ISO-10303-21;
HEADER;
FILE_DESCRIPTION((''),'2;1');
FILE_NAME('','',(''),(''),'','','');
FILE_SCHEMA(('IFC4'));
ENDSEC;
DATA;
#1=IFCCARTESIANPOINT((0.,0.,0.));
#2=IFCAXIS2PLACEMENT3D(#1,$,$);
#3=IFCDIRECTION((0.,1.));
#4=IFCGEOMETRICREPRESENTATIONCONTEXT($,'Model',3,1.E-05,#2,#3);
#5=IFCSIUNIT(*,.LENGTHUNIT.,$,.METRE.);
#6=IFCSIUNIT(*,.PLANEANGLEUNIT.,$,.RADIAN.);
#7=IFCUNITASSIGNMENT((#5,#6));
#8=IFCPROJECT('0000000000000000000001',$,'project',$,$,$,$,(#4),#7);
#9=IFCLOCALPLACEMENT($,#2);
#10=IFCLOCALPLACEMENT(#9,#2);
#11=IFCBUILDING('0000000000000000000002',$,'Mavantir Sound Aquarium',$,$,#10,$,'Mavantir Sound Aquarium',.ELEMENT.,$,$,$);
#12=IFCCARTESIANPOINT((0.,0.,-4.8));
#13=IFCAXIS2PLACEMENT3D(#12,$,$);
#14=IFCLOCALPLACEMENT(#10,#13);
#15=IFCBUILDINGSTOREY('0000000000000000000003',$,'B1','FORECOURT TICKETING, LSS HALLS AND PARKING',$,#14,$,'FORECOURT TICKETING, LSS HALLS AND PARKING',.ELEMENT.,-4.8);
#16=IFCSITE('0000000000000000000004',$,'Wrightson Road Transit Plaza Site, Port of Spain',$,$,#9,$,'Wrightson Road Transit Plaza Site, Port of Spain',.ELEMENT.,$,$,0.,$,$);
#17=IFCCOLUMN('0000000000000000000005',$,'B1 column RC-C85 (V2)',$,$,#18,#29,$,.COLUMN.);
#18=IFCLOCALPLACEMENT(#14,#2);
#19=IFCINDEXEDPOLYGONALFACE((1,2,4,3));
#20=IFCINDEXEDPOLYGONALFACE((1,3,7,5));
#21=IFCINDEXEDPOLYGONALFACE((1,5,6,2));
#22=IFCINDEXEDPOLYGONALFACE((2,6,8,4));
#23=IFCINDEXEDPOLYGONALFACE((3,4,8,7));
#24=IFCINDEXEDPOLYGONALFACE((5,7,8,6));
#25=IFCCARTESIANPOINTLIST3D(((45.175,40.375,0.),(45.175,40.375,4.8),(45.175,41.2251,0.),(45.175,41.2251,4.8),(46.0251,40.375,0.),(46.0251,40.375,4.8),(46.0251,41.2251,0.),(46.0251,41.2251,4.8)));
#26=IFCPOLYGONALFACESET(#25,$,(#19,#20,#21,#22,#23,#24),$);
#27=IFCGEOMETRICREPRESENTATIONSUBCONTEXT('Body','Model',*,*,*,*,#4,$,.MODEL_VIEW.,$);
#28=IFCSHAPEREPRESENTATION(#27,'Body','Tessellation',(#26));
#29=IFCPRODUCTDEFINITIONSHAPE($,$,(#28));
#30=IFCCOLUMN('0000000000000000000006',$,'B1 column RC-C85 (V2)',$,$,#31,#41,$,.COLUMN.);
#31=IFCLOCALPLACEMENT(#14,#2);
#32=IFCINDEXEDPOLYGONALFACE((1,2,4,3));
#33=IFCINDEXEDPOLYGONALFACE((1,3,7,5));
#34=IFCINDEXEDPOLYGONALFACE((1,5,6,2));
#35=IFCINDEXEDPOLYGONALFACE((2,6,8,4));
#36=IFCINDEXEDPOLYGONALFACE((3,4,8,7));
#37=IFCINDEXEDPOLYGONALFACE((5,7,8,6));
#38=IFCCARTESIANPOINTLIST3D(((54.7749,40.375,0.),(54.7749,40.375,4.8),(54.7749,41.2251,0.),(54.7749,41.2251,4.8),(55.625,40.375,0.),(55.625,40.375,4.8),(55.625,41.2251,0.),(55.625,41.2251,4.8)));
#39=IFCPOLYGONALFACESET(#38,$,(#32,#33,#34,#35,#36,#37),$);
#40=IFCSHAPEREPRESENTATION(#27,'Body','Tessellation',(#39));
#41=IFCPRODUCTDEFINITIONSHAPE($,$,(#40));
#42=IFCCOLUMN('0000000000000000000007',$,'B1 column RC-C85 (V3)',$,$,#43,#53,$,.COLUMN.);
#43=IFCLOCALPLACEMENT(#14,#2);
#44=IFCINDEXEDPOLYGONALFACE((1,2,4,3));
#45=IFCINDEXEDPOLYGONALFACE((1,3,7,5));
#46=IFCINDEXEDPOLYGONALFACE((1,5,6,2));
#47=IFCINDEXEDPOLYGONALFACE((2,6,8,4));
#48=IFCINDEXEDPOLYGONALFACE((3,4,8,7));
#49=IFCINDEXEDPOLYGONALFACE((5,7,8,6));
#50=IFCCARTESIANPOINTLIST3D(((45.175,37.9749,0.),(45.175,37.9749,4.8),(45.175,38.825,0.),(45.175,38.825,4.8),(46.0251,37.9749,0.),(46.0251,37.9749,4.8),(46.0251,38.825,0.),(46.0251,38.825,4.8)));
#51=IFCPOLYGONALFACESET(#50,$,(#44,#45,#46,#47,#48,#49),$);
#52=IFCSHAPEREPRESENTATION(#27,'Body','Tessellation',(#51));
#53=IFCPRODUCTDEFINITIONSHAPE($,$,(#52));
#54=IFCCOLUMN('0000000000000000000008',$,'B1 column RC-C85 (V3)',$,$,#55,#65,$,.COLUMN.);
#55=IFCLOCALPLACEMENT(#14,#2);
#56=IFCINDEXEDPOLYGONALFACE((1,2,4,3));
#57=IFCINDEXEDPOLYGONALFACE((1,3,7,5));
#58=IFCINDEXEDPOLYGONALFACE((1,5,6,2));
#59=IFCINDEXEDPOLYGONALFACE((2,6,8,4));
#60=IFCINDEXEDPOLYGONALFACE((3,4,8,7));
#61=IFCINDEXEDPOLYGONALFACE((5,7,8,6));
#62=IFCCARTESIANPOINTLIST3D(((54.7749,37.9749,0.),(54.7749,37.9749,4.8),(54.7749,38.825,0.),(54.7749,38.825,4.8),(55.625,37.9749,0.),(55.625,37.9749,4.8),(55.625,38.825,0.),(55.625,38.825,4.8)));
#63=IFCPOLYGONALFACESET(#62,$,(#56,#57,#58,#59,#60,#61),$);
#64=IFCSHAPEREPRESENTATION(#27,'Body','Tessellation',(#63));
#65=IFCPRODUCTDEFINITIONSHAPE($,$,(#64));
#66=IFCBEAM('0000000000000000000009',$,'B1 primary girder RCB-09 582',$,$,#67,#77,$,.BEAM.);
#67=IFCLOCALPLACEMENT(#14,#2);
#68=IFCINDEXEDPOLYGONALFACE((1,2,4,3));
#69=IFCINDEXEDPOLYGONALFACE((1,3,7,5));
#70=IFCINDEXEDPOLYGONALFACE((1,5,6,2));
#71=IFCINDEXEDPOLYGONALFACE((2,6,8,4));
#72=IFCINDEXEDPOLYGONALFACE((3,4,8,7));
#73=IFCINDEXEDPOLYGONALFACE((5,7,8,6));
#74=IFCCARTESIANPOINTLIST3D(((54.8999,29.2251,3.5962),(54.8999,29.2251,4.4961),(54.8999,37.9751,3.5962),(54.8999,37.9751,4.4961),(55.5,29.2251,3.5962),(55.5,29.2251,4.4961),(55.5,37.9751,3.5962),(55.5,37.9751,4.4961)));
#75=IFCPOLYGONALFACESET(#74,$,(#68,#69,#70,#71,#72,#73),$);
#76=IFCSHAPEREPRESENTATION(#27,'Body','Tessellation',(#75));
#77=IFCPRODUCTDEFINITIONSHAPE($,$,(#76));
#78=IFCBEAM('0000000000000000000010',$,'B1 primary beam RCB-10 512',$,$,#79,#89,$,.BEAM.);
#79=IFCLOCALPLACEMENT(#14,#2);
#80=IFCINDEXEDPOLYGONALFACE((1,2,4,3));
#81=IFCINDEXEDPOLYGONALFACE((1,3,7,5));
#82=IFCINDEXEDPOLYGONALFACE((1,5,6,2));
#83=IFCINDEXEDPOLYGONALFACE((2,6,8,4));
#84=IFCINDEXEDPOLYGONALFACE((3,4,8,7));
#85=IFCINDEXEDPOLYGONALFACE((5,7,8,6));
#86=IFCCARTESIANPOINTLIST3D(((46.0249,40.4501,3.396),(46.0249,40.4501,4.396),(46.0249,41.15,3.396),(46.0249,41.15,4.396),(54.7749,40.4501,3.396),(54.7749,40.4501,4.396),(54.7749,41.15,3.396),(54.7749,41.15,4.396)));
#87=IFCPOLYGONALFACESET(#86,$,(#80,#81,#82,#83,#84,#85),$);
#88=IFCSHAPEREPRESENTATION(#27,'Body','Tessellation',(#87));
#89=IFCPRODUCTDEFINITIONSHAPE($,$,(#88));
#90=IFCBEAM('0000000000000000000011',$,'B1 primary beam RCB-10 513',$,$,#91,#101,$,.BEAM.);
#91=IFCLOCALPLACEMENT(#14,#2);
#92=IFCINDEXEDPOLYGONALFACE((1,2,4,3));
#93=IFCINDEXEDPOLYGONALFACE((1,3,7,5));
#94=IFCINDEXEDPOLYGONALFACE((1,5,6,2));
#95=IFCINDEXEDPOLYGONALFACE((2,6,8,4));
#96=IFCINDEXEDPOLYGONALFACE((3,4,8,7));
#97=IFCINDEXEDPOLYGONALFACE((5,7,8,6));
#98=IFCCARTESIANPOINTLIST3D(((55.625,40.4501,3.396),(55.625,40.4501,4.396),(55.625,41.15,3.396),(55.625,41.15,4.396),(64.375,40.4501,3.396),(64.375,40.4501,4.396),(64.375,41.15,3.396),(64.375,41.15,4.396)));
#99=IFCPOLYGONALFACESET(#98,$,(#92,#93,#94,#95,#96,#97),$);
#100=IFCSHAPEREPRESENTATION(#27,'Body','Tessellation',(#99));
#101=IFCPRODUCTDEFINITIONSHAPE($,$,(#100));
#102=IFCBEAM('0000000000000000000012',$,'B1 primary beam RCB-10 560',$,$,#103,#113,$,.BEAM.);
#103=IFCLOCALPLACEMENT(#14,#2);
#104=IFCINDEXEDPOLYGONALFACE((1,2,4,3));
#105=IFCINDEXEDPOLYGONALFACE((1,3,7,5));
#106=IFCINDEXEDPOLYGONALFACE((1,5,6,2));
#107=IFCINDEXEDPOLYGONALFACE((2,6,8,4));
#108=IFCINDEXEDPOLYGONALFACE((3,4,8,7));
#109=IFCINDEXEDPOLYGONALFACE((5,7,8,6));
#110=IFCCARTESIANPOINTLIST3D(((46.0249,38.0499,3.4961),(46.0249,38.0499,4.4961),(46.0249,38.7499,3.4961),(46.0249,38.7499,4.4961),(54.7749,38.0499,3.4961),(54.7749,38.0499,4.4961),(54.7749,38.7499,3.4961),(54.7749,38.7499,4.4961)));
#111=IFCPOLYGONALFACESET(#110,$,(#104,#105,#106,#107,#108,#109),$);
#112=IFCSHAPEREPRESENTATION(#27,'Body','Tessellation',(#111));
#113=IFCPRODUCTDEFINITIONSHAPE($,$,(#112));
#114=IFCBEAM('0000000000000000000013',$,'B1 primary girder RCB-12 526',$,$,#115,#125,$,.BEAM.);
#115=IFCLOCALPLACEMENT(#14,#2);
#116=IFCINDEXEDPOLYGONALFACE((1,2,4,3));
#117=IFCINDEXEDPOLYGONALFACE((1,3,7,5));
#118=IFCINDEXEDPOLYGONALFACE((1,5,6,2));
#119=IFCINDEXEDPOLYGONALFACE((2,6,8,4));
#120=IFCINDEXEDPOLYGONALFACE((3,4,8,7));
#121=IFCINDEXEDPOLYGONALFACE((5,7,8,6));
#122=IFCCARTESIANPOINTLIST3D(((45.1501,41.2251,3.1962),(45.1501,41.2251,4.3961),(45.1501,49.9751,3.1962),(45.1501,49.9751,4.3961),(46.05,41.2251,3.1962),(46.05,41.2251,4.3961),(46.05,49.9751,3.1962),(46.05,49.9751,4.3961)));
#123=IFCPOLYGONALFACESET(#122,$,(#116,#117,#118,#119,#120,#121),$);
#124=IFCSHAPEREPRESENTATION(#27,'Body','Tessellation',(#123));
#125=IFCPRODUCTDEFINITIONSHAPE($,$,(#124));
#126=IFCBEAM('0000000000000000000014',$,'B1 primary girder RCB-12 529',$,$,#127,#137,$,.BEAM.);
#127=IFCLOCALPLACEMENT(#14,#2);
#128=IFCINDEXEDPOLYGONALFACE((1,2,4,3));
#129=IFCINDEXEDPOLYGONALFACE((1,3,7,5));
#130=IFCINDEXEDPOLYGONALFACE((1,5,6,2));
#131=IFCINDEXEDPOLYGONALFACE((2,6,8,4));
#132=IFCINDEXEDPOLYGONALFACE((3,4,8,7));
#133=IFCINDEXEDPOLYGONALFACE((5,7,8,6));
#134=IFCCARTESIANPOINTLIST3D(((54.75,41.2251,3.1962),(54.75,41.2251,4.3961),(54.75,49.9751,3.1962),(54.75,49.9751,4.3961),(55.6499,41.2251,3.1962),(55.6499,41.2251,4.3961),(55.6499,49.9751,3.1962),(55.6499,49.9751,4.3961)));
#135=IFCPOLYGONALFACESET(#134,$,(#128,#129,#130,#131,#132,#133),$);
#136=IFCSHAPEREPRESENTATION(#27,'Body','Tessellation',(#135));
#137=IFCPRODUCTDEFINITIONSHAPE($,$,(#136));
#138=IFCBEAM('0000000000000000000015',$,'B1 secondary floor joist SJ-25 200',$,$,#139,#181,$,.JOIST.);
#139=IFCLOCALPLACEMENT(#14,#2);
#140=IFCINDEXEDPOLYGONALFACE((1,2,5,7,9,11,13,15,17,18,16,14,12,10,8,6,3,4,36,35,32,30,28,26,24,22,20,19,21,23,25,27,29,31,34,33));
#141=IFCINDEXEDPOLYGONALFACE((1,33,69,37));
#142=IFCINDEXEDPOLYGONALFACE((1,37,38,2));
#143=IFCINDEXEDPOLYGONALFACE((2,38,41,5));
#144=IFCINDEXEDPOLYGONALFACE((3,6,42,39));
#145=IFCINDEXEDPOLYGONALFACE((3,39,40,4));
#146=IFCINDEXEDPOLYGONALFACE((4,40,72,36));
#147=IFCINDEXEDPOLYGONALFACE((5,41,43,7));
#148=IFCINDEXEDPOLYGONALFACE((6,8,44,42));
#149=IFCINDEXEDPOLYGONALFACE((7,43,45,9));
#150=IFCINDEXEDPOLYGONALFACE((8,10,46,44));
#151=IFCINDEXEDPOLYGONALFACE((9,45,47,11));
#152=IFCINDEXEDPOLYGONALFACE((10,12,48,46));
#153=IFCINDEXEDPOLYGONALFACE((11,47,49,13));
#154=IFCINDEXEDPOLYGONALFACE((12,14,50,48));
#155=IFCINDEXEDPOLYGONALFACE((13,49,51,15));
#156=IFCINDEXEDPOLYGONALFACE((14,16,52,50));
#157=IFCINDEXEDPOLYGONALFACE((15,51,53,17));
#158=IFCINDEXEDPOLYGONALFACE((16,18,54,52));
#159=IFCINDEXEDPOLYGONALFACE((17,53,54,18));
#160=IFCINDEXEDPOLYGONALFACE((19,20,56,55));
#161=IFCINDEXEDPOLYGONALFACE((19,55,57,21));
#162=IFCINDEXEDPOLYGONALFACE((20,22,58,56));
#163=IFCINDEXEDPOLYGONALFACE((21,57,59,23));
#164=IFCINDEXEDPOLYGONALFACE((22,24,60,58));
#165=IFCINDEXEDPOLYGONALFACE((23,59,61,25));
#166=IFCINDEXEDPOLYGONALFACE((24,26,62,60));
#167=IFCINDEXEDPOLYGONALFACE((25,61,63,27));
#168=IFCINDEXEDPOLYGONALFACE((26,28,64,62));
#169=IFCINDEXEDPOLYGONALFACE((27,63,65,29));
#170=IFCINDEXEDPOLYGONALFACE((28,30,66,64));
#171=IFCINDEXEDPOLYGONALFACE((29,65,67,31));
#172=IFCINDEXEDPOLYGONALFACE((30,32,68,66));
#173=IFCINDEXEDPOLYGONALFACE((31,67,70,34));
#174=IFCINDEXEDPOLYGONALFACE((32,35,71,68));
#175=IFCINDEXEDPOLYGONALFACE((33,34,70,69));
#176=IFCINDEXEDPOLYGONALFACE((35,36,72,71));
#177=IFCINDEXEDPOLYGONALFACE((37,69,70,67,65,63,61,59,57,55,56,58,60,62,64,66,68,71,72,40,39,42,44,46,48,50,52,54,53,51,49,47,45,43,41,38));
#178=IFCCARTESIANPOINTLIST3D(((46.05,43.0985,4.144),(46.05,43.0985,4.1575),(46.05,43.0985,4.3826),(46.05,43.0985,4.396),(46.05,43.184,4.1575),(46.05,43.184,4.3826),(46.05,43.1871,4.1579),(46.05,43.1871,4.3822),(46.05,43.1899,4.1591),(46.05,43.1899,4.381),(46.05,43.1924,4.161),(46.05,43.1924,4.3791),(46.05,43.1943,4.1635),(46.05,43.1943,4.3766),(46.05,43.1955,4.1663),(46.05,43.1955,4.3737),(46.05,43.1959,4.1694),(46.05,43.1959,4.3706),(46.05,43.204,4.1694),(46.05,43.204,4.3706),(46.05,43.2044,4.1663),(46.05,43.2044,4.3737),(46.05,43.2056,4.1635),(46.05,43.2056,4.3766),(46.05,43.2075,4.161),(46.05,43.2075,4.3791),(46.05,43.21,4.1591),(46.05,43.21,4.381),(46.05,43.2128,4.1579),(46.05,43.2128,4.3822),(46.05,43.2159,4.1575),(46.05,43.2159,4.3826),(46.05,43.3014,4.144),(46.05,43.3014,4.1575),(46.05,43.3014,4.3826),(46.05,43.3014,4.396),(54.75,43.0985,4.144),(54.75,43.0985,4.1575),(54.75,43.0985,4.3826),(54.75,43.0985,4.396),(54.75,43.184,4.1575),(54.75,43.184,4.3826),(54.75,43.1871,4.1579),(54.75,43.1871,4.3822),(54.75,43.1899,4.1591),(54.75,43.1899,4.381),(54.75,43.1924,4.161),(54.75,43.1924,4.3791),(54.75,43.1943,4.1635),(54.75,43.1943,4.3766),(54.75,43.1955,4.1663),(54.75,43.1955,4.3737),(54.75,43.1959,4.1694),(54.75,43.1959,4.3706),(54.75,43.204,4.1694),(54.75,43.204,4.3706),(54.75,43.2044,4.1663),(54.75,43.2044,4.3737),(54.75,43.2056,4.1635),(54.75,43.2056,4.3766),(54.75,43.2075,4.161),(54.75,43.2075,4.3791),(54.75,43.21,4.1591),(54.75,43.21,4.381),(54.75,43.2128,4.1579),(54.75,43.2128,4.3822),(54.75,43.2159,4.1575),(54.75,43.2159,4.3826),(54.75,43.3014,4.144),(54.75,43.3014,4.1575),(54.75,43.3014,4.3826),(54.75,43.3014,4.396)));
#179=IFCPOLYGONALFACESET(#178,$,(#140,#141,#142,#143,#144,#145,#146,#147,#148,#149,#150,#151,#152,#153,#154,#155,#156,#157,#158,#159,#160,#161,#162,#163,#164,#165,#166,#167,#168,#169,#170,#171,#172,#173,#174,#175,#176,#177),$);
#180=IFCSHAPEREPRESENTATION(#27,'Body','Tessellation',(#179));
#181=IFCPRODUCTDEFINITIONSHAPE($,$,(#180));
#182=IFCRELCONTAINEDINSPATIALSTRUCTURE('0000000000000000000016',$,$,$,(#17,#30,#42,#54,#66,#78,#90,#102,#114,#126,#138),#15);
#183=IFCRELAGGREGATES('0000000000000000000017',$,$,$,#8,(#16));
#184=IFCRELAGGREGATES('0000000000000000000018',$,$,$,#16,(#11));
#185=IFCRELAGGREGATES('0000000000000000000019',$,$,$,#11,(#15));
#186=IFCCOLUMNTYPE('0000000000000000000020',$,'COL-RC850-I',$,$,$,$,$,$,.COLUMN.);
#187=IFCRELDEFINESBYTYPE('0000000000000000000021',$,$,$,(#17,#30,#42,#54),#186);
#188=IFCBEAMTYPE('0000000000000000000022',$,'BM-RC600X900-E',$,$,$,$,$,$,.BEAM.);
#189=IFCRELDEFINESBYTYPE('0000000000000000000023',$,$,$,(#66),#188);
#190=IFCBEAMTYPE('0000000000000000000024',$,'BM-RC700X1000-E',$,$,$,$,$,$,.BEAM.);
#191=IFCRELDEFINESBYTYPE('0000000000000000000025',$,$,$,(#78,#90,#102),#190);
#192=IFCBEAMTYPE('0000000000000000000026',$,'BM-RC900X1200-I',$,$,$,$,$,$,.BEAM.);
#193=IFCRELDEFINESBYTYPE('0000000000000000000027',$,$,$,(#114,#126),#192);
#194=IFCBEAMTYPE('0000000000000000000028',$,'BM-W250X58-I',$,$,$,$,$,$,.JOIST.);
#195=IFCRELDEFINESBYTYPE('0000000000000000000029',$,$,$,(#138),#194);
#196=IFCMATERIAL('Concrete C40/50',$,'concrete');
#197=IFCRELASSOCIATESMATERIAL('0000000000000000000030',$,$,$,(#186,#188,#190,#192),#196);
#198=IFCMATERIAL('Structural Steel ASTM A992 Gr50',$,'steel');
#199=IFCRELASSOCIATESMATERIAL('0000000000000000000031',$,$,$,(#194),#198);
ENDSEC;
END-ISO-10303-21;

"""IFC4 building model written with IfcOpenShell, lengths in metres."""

from ifc_helpers import new_model, si_unit, direction, frame, origin, origin_2d, place, context, subcontext, project, spatial, rectangle, i_section, extrude, material, material_profile, profile_set, type_object, element, save


model = new_model("IFC4")

# Units and contexts
model_context = context("Model", 3, precision=1e-05, world=origin(), true_north=direction((0.0, 1.0)))
body_context = subcontext(model_context, "Body", "Model", "MODEL_VIEW")
ifc_project = project(units=[si_unit("LENGTHUNIT", "METRE"), si_unit("PLANEANGLEUNIT", "RADIAN")], contexts=[model_context])

# Site, building, storey
site_placement = place(None, origin())
site = spatial("IfcSite", under=ifc_project, at=site_placement, Name="Wrightson Road Transit Plaza Site, Port of Spain", LongName="Wrightson Road Transit Plaza Site, Port of Spain", CompositionType="ELEMENT", RefElevation=0.0)
building_placement = place(site_placement, origin())
building = spatial("IfcBuilding", under=site, at=building_placement, Name="Mavantir Sound Aquarium", LongName="Mavantir Sound Aquarium", CompositionType="ELEMENT")
storey_placement = place(building_placement, frame((0.0, 0.0, -4.8)))
storey = spatial("IfcBuildingStorey", under=building, at=storey_placement, Name="B1", Description="FORECOURT TICKETING, LSS HALLS AND PARKING", LongName="FORECOURT TICKETING, LSS HALLS AND PARKING", CompositionType="ELEMENT", Elevation=-4.8)

# Columns
ifc_material_1 = material(Name="Concrete C40/50", Category="concrete")
ifc_material_profile_1 = material_profile(ifc_material_1, rectangle(XDim=0.8501, YDim=0.8501, at=origin_2d()), Name="RC 850X850")
ifc_profile_set_1 = profile_set([ifc_material_profile_1], Name="Concrete C40/50")
column_type = type_object("IfcColumnType", Name="COL-RC850-I", PredefinedType="COLUMN", material=ifc_profile_set_1)
for number, where, z_axis, x_axis, name in (
    (1, (45.6001, 40.8, 0.0), (0.0, 0.0, 1.0), (1.0, 0.0, 0.0), "B1 column RC-C85 (V2)"),
    (2, (55.2, 40.8, 0.0), (0.0, 0.0, 1.0), (1.0, 0.0, 0.0), "B1 column RC-C85 (V2)"),
    (3, (45.6001, 38.3999, 0.0), (0.0, 0.0, 1.0), (1.0, 0.0, 0.0), "B1 column RC-C85 (V3)"),
    (4, (55.2, 38.3999, 0.0), (0.0, 0.0, 1.0), (1.0, 0.0, 0.0), "B1 column RC-C85 (V3)"),
):
    element("IfcColumn", number, at=place(storey_placement, frame(where, z_axis=z_axis, x_axis=x_axis)), inside=storey, type_object=column_type, Name=name, PredefinedType="COLUMN", context=body_context, shape_type="SweptSolid", body=[
        extrude(rectangle(XDim=0.8501, YDim=0.8501, at=origin_2d()), origin(), (0.0, 0.0, 1.0), 4.8),
    ])

# Beams
ifc_material_profile_2 = material_profile(ifc_material_1, rectangle(XDim=0.6001, YDim=0.8999, at=origin_2d()), Name="RC 600X900")
ifc_profile_set_2 = profile_set([ifc_material_profile_2], Name="Concrete C40/50")
beam_type_1 = type_object("IfcBeamType", Name="BM-RC600X900-E", PredefinedType="BEAM", material=ifc_profile_set_2)
beam_1_placement = place(storey_placement, frame((55.2, 29.2251, 4.0461), z_axis=(0.0, 1.0, 0.0), x_axis=(-1.0, 0.0, 0.0)))
element("IfcBeam", 5, at=beam_1_placement, inside=storey, type_object=beam_type_1, Name="B1 primary girder RCB-09 582", PredefinedType="BEAM", context=body_context, shape_type="SweptSolid", body=[
    extrude(rectangle(XDim=0.6001, YDim=0.8999, at=origin_2d()), origin(), (0.0, 0.0, 1.0), 8.75),
])
ifc_material_profile_3 = material_profile(ifc_material_1, rectangle(XDim=0.7, YDim=1.0, at=origin_2d()), Name="RC 700X1000")
ifc_profile_set_3 = profile_set([ifc_material_profile_3], Name="Concrete C40/50")
beam_type_2 = type_object("IfcBeamType", Name="BM-RC700X1000-E", PredefinedType="BEAM", material=ifc_profile_set_3)
for number, where, z_axis, x_axis, name in (
    (6, (46.0249, 40.8, 3.896), (1.0, 0.0, 0.0), (0.0, 1.0, 0.0), "B1 primary beam RCB-10 512"),
    (7, (55.625, 40.8, 3.896), (1.0, 0.0, 0.0), (0.0, 1.0, 0.0), "B1 primary beam RCB-10 513"),
    (8, (46.0249, 38.3999, 3.9961), (1.0, 0.0, 0.0), (0.0, 1.0, 0.0), "B1 primary beam RCB-10 560"),
):
    element("IfcBeam", number, at=place(storey_placement, frame(where, z_axis=z_axis, x_axis=x_axis)), inside=storey, type_object=beam_type_2, Name=name, PredefinedType="BEAM", context=body_context, shape_type="SweptSolid", body=[
        extrude(rectangle(XDim=0.7, YDim=1.0, at=origin_2d()), origin(), (0.0, 0.0, 1.0), 8.75),
    ])
ifc_material_profile_4 = material_profile(ifc_material_1, rectangle(XDim=0.8999, YDim=1.2, at=origin_2d()), Name="RC 900X1200")
ifc_profile_set_4 = profile_set([ifc_material_profile_4], Name="Concrete C40/50")
beam_type_3 = type_object("IfcBeamType", Name="BM-RC900X1200-I", PredefinedType="BEAM", material=ifc_profile_set_4)
for number, where, z_axis, x_axis, name in (
    (9, (45.6001, 41.2251, 3.7961), (0.0, 1.0, 0.0), (-1.0, 0.0, 0.0), "B1 primary girder RCB-12 526"),
    (10, (55.2, 41.2251, 3.7961), (0.0, 1.0, 0.0), (-1.0, 0.0, 0.0), "B1 primary girder RCB-12 529"),
):
    element("IfcBeam", number, at=place(storey_placement, frame(where, z_axis=z_axis, x_axis=x_axis)), inside=storey, type_object=beam_type_3, Name=name, PredefinedType="BEAM", context=body_context, shape_type="SweptSolid", body=[
        extrude(rectangle(XDim=0.8999, YDim=1.2, at=origin_2d()), origin(), (0.0, 0.0, 1.0), 8.75),
    ])
ifc_material_2 = material(Name="Structural Steel ASTM A992 Gr50", Category="steel")
ifc_material_profile_5 = material_profile(ifc_material_2, i_section(OverallWidth=0.2029, OverallDepth=0.252, WebThickness=0.0081, FlangeThickness=0.0134, FilletRadius=0.012, at=origin_2d()), Name="W250X58")
ifc_profile_set_5 = profile_set([ifc_material_profile_5], Name="Structural Steel ASTM A992 Gr50")
beam_type_4 = type_object("IfcBeamType", Name="BM-W250X58-I", PredefinedType="JOIST", material=ifc_profile_set_5)
beam_2_placement = place(storey_placement, frame((46.05, 43.2, 4.27), z_axis=(1.0, 0.0, 0.0), x_axis=(0.0, 1.0, 0.0)))
element("IfcBeam", 11, at=beam_2_placement, inside=storey, type_object=beam_type_4, Name="B1 secondary floor joist SJ-25 200", PredefinedType="JOIST", context=body_context, shape_type="SweptSolid", body=[
    extrude(i_section(OverallWidth=0.2029, OverallDepth=0.252, WebThickness=0.0081, FlangeThickness=0.0134, FilletRadius=0.012, at=origin_2d()), origin(), (0.0, 0.0, 1.0), 8.7),
])

save(model, "model.ifc")
